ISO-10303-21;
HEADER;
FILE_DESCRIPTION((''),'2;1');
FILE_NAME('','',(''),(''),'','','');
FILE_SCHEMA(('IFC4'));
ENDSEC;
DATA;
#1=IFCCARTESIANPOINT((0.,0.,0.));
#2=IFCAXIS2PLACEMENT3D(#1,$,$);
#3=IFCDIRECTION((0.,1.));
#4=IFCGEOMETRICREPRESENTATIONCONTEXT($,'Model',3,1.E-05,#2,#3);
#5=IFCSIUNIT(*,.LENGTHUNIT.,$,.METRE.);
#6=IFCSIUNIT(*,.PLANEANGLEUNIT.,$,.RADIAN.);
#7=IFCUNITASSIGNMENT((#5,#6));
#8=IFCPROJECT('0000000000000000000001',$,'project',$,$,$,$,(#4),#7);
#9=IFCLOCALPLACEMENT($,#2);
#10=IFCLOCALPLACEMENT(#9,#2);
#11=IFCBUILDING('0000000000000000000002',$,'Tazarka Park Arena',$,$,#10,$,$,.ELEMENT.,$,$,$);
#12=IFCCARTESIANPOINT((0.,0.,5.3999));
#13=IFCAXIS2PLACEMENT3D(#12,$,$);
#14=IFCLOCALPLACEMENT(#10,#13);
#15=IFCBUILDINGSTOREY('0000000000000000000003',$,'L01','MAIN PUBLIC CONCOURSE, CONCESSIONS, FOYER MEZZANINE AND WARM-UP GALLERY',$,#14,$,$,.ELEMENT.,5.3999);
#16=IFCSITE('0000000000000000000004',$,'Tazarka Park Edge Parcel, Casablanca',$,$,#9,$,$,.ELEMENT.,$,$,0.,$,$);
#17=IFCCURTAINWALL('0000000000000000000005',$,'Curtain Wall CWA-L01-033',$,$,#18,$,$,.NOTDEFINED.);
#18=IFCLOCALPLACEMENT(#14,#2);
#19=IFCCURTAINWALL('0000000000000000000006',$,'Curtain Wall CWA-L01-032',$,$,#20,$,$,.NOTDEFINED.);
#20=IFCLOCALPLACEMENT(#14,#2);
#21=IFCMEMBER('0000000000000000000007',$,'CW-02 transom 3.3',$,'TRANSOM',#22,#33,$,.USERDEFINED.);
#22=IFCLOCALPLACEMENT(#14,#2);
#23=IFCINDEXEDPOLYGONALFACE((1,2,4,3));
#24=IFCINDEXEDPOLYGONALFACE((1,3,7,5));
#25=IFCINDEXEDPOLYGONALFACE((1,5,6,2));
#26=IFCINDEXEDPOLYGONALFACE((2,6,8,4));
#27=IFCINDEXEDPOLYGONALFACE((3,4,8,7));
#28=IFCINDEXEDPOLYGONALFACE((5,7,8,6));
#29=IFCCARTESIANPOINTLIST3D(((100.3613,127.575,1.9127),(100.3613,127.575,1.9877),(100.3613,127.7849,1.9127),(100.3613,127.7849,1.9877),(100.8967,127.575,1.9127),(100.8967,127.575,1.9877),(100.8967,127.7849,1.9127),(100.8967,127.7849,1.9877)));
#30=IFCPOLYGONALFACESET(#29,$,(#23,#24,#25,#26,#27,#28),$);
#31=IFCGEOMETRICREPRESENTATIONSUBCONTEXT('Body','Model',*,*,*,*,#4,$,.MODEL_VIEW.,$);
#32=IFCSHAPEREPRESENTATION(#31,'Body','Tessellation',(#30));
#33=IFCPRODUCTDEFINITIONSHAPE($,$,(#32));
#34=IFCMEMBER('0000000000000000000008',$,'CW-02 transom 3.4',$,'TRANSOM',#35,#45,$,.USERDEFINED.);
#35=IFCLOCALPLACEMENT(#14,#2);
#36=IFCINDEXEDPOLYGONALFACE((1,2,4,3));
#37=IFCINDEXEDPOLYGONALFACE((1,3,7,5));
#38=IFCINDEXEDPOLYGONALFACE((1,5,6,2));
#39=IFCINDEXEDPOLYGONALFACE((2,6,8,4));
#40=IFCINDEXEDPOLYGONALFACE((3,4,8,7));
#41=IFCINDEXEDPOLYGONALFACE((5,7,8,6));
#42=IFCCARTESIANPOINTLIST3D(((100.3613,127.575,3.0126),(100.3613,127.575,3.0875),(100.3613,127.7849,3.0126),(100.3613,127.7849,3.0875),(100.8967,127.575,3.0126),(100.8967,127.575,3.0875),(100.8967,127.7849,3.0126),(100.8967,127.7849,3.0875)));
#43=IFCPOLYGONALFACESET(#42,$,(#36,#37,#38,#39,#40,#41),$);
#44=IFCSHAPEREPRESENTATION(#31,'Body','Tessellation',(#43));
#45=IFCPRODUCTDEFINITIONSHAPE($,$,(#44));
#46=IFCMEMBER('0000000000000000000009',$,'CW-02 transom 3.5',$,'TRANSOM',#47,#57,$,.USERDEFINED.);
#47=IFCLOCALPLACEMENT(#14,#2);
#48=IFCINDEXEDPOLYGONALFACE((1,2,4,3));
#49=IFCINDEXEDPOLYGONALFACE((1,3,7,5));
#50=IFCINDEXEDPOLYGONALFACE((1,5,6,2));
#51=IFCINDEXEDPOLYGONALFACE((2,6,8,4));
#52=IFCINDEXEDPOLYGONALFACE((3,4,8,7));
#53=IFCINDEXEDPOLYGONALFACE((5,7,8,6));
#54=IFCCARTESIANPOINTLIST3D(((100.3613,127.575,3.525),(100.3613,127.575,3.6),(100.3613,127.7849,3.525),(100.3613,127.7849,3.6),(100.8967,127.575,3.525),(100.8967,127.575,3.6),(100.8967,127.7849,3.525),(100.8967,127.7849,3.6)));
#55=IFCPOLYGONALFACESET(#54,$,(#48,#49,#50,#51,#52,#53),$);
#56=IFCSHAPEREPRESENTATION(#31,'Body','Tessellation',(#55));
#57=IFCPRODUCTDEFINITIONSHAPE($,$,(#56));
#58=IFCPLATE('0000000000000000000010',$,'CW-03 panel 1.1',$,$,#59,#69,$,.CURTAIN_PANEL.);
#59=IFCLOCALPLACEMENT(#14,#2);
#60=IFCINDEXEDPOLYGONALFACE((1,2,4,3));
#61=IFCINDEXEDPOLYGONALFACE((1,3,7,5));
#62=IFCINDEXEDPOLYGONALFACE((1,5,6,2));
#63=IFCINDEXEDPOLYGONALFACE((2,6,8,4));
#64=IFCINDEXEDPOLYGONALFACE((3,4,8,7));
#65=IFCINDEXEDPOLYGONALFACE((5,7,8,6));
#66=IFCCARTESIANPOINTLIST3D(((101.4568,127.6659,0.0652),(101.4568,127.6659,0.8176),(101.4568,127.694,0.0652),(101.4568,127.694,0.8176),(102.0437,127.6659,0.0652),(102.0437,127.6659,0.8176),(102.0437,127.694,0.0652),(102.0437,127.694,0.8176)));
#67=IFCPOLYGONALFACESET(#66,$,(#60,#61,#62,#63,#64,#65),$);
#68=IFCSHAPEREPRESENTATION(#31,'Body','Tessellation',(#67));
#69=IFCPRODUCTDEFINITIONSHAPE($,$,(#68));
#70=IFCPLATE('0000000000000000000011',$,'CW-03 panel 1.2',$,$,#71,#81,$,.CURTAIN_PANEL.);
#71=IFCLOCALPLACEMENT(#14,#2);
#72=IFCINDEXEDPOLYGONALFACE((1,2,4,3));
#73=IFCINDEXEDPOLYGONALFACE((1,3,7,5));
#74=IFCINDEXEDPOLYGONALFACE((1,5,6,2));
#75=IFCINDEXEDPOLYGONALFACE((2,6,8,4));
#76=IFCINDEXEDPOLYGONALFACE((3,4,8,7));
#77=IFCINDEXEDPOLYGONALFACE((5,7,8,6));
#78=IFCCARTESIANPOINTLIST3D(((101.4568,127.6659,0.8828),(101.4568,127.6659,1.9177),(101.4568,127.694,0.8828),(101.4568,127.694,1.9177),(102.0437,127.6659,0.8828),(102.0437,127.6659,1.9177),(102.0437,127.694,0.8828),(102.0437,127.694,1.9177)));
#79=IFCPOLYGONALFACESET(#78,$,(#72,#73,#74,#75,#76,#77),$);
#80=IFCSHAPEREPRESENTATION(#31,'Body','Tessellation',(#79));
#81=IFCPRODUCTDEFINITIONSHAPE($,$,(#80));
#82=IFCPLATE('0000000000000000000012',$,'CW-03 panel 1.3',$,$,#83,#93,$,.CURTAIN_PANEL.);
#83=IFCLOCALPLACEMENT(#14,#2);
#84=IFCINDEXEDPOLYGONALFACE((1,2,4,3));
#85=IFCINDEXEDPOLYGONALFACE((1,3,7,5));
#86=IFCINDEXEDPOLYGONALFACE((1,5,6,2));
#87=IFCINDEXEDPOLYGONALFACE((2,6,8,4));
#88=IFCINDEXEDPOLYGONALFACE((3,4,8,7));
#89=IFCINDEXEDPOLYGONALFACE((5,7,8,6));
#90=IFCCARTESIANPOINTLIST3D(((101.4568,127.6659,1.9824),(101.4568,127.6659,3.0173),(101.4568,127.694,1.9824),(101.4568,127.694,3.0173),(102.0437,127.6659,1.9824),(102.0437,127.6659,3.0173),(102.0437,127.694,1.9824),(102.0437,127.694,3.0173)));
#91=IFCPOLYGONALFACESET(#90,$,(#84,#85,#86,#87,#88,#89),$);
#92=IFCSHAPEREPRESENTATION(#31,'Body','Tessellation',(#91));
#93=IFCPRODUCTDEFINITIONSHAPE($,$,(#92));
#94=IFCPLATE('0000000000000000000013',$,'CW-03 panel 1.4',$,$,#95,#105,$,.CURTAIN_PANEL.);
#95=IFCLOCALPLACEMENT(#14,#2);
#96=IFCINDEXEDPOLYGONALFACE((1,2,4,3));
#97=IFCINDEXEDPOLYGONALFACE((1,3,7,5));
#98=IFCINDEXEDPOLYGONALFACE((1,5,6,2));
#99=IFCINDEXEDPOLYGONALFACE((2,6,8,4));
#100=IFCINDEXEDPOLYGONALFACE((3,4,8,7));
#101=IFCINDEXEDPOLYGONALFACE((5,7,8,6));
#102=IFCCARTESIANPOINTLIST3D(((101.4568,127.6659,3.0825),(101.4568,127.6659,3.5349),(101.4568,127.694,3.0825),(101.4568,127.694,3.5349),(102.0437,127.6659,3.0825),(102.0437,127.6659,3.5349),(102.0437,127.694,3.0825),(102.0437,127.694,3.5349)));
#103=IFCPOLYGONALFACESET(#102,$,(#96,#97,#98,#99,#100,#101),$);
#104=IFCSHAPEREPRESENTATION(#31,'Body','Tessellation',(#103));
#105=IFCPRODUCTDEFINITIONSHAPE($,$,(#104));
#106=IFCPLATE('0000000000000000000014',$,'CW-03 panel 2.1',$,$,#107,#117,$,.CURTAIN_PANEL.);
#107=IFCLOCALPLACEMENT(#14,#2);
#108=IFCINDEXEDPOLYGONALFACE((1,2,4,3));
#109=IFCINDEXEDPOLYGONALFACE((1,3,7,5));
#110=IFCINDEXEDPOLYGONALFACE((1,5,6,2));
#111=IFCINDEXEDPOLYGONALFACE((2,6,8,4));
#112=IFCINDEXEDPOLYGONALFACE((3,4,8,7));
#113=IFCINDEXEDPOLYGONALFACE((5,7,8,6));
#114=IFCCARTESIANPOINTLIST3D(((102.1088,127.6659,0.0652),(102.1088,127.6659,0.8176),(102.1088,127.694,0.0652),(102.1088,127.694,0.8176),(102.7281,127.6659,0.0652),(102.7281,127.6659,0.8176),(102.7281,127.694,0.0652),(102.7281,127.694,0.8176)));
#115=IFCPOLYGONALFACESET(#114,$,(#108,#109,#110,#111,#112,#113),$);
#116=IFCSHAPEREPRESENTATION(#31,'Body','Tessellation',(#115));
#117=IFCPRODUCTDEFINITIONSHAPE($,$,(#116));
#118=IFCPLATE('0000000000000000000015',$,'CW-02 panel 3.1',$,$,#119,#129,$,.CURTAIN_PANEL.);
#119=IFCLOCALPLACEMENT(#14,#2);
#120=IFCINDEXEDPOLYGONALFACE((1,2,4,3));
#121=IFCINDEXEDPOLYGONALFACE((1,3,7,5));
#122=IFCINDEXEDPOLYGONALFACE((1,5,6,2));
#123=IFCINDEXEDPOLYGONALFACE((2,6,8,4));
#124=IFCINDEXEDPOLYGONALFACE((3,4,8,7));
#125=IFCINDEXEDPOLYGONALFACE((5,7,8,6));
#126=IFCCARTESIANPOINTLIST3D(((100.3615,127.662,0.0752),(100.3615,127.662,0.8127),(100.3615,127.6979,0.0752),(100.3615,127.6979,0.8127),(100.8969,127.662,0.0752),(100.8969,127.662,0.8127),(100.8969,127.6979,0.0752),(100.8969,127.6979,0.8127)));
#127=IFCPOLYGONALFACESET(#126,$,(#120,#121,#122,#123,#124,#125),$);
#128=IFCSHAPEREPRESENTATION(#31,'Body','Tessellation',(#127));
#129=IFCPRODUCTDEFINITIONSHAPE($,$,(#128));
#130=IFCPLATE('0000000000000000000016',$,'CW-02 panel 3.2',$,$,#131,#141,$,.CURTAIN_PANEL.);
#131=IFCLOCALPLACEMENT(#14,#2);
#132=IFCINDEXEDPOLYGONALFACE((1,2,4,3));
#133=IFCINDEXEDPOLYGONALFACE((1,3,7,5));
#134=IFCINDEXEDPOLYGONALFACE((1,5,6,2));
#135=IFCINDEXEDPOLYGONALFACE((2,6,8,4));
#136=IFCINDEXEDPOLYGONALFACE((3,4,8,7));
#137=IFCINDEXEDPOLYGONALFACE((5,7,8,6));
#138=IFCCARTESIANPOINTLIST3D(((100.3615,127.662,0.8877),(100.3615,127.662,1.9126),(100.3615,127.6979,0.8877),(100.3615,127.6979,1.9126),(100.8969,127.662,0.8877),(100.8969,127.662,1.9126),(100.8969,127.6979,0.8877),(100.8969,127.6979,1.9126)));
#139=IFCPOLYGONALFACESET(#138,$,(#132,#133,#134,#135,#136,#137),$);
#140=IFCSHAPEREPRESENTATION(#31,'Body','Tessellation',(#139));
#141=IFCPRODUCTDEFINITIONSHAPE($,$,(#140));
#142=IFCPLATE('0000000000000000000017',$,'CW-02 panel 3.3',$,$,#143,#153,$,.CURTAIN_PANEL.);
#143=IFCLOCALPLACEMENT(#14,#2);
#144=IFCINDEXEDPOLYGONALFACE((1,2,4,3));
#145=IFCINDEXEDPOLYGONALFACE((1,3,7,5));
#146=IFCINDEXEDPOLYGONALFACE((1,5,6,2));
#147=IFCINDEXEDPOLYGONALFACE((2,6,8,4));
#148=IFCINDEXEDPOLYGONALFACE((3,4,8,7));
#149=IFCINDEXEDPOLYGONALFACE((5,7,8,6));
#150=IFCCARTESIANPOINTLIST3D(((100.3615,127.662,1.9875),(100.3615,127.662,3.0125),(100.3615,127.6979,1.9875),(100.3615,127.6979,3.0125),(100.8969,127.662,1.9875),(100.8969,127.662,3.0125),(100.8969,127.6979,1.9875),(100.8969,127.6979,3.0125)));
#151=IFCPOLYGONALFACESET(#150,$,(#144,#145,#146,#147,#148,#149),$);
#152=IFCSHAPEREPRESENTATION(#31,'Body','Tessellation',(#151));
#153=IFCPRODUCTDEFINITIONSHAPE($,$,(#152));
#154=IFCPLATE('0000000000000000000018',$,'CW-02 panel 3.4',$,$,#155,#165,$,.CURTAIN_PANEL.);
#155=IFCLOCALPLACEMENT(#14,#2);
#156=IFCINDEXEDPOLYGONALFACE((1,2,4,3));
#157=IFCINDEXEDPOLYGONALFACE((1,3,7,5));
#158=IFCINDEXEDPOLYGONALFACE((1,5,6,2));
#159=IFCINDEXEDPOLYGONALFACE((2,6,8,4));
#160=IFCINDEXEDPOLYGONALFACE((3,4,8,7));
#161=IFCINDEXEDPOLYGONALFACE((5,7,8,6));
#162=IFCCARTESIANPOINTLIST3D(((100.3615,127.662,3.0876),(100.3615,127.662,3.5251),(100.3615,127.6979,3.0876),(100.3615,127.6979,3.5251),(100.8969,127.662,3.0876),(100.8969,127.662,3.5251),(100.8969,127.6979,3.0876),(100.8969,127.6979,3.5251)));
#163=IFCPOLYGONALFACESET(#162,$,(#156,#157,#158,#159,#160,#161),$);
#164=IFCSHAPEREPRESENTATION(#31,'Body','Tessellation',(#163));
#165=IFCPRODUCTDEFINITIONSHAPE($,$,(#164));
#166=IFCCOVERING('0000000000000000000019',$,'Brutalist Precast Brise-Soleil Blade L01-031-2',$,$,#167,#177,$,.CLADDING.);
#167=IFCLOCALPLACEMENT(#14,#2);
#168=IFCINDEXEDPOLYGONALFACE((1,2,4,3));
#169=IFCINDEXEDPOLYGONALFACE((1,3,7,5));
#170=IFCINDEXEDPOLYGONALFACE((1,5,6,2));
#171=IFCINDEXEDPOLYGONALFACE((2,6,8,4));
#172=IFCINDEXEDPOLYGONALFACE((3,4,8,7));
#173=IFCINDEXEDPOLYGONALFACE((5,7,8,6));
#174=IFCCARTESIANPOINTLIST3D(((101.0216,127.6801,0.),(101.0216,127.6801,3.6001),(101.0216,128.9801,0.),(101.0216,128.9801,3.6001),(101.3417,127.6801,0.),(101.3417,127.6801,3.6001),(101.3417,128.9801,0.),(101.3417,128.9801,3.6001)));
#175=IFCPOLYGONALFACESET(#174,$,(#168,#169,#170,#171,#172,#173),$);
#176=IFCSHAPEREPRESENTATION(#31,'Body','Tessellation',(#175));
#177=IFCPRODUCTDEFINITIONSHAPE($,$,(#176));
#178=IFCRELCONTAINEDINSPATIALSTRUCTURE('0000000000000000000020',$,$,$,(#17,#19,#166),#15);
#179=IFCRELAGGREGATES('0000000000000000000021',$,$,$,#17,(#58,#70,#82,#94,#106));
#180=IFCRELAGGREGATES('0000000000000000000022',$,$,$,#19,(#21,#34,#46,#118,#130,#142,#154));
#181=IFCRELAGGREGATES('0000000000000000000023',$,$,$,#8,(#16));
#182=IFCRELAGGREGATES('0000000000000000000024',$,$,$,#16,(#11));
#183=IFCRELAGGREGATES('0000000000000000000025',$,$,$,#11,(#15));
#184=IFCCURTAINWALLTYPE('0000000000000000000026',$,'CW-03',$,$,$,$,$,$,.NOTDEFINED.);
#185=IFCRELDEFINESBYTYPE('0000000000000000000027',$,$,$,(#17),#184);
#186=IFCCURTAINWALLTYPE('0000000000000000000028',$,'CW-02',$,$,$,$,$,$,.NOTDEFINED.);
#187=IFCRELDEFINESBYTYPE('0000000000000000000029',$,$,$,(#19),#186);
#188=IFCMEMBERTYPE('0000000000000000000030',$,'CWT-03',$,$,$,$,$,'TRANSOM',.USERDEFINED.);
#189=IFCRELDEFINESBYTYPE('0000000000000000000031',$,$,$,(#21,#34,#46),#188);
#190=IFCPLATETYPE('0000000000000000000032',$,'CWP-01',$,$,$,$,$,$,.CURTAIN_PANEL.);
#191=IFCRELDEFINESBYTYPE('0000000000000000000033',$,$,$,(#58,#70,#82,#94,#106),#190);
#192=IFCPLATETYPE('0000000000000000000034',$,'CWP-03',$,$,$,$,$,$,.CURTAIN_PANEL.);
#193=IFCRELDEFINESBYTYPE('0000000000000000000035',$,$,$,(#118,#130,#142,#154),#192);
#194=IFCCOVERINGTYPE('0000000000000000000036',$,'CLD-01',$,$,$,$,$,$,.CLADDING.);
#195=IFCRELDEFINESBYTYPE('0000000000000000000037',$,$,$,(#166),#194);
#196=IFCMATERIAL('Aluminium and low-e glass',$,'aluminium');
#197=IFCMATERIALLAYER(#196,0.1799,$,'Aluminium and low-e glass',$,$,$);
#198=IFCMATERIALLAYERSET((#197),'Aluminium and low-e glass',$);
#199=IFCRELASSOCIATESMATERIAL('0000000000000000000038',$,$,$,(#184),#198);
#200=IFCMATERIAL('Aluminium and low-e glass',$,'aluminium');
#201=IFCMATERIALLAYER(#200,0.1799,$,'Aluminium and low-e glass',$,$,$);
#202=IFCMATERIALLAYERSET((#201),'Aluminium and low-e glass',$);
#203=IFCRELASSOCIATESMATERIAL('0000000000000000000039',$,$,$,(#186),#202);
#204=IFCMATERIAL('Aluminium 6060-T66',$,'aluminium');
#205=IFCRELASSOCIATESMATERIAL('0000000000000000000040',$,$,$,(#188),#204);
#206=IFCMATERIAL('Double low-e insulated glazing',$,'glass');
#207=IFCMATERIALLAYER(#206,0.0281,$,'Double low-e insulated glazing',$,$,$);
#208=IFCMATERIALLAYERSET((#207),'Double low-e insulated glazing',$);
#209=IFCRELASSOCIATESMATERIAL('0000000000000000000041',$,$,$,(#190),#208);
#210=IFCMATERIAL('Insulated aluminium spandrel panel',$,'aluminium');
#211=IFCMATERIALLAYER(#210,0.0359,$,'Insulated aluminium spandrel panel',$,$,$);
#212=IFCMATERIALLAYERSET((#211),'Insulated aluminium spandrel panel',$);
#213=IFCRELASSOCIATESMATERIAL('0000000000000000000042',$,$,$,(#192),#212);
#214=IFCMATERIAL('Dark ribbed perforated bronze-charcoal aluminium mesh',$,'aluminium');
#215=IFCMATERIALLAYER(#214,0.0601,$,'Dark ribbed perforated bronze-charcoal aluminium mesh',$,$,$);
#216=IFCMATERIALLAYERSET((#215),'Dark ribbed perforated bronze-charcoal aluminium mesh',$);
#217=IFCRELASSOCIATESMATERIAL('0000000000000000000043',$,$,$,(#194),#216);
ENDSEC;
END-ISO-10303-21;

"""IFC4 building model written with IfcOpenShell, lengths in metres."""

from ifc_helpers import new_model, si_unit, direction, frame, origin, origin_2d, place, context, subcontext, project, spatial, rectangle, extrude, material, layer, layer_set, material_profile, profile_set, type_object, element, aggregate, save


model = new_model("IFC4")

# Units and contexts
model_context = context("Model", 3, precision=1e-05, world=origin(), true_north=direction((0.0, 1.0)))
body_context = subcontext(model_context, "Body", "Model", "MODEL_VIEW")
ifc_project = project(units=[si_unit("LENGTHUNIT", "METRE"), si_unit("PLANEANGLEUNIT", "RADIAN")], contexts=[model_context])

# Site, building, storey
site_placement = place(None, origin())
site = spatial("IfcSite", under=ifc_project, at=site_placement, Name="Tazarka Park Edge Parcel, Casablanca", CompositionType="ELEMENT", RefElevation=0.0)
building_placement = place(site_placement, origin())
building = spatial("IfcBuilding", under=site, at=building_placement, Name="Tazarka Park Arena", CompositionType="ELEMENT")
storey_placement = place(building_placement, frame((0.0, 0.0, 5.3999)))
storey = spatial("IfcBuildingStorey", under=building, at=storey_placement, Name="L01", Description="MAIN PUBLIC CONCOURSE, CONCESSIONS, FOYER MEZZANINE AND WARM-UP GALLERY", CompositionType="ELEMENT", Elevation=5.3999)

# Curtain wall
ifc_material_1 = material(Name="Aluminium and low-e glass", Category="aluminium")
ifc_layer_1 = layer(ifc_material_1, 0.1799, Name="Aluminium and low-e glass")
ifc_layer_set_1 = layer_set([ifc_layer_1], Name="Aluminium and low-e glass")
curtain_wall_type_1 = type_object("IfcCurtainWallType", Name="CW-03", PredefinedType="NOTDEFINED", material=ifc_layer_set_1)
curtain_wall_1_placement = place(storey_placement, origin())
curtain_wall_1 = element("IfcCurtainWall", 1, at=curtain_wall_1_placement, inside=storey, type_object=curtain_wall_type_1, Name="Curtain Wall CWA-L01-033", PredefinedType="NOTDEFINED")

# Curtain wall
ifc_material_2 = material(Name="Aluminium and low-e glass", Category="aluminium")
ifc_layer_2 = layer(ifc_material_2, 0.1799, Name="Aluminium and low-e glass")
ifc_layer_set_2 = layer_set([ifc_layer_2], Name="Aluminium and low-e glass")
curtain_wall_type_2 = type_object("IfcCurtainWallType", Name="CW-02", PredefinedType="NOTDEFINED", material=ifc_layer_set_2)
curtain_wall_2_placement = place(storey_placement, origin())
curtain_wall_2 = element("IfcCurtainWall", 2, at=curtain_wall_2_placement, inside=storey, type_object=curtain_wall_type_2, Name="Curtain Wall CWA-L01-032", PredefinedType="NOTDEFINED")

# Members
ifc_material_3 = material(Name="Aluminium 6060-T66", Category="aluminium")
ifc_material_profile_1 = material_profile(ifc_material_3, rectangle(XDim=0.21, YDim=0.075, at=origin_2d()), Name="Aluminium 6060-T66")
ifc_profile_set_1 = profile_set([ifc_material_profile_1], Name="Aluminium 6060-T66")
member_type_1 = type_object("IfcMemberType", Name="CWT-03", ElementType="TRANSOM", PredefinedType="USERDEFINED", material=ifc_profile_set_1)
member_1_placement = place(storey_placement, frame((100.3613, 127.6799, 1.9502), z_axis=(1.0, 0.0, 0.0), x_axis=(0.0, 1.0, 0.0)))
member_1 = element("IfcMember", 3, at=member_1_placement, type_object=member_type_1, Name="CW-02 transom 3.3", ObjectType="TRANSOM", PredefinedType="USERDEFINED", context=body_context, shape_type="SweptSolid", body=[
    extrude(rectangle(XDim=0.21, YDim=0.075, at=origin_2d()), origin(), (0.0, 0.0, 1.0), 0.5354),
])
member_2_placement = place(storey_placement, frame((100.3613, 127.6799, 3.05), z_axis=(1.0, 0.0, 0.0), x_axis=(0.0, 1.0, 0.0)))
member_2 = element("IfcMember", 4, at=member_2_placement, type_object=member_type_1, Name="CW-02 transom 3.4", ObjectType="TRANSOM", PredefinedType="USERDEFINED", context=body_context, shape_type="SweptSolid", body=[
    extrude(rectangle(XDim=0.21, YDim=0.075, at=origin_2d()), origin(), (0.0, 0.0, 1.0), 0.5354),
])
member_3_placement = place(storey_placement, frame((100.3613, 127.6799, 3.5625), z_axis=(1.0, 0.0, 0.0), x_axis=(0.0, 1.0, 0.0)))
member_3 = element("IfcMember", 5, at=member_3_placement, type_object=member_type_1, Name="CW-02 transom 3.5", ObjectType="TRANSOM", PredefinedType="USERDEFINED", context=body_context, shape_type="SweptSolid", body=[
    extrude(rectangle(XDim=0.21, YDim=0.075, at=origin_2d()), origin(), (0.0, 0.0, 1.0), 0.5354),
])

# Plates
ifc_material_4 = material(Name="Double low-e insulated glazing", Category="glass")
ifc_layer_3 = layer(ifc_material_4, 0.0281, Name="Double low-e insulated glazing")
ifc_layer_set_3 = layer_set([ifc_layer_3], Name="Double low-e insulated glazing")
plate_type_1 = type_object("IfcPlateType", Name="CWP-01", PredefinedType="CURTAIN_PANEL", material=ifc_layer_set_3)
plate_1_placement = place(storey_placement, frame((101.7502, 127.6799, 0.0652), z_axis=(0.0, 0.0, 1.0), x_axis=(1.0, 0.0, 0.0)))
plate_1 = element("IfcPlate", 6, at=plate_1_placement, type_object=plate_type_1, Name="CW-03 panel 1.1", PredefinedType="CURTAIN_PANEL", context=body_context, shape_type="SweptSolid", body=[
    extrude(rectangle(XDim=0.5869, YDim=0.0281, at=origin_2d()), origin(), (0.0, 0.0, 1.0), 0.7524),
])
plate_2_placement = place(storey_placement, frame((101.7502, 127.6799, 0.8828), z_axis=(0.0, 0.0, 1.0), x_axis=(1.0, 0.0, 0.0)))
plate_2 = element("IfcPlate", 7, at=plate_2_placement, type_object=plate_type_1, Name="CW-03 panel 1.2", PredefinedType="CURTAIN_PANEL", context=body_context, shape_type="SweptSolid", body=[
    extrude(rectangle(XDim=0.5869, YDim=0.0281, at=origin_2d()), origin(), (0.0, 0.0, 1.0), 1.0349),
])
plate_3_placement = place(storey_placement, frame((101.7502, 127.6799, 1.9824), z_axis=(0.0, 0.0, 1.0), x_axis=(1.0, 0.0, 0.0)))
plate_3 = element("IfcPlate", 8, at=plate_3_placement, type_object=plate_type_1, Name="CW-03 panel 1.3", PredefinedType="CURTAIN_PANEL", context=body_context, shape_type="SweptSolid", body=[
    extrude(rectangle(XDim=0.5869, YDim=0.0281, at=origin_2d()), origin(), (0.0, 0.0, 1.0), 1.0349),
])
plate_4_placement = place(storey_placement, frame((101.7502, 127.6799, 3.0825), z_axis=(0.0, 0.0, 1.0), x_axis=(1.0, 0.0, 0.0)))
plate_4 = element("IfcPlate", 9, at=plate_4_placement, type_object=plate_type_1, Name="CW-03 panel 1.4", PredefinedType="CURTAIN_PANEL", context=body_context, shape_type="SweptSolid", body=[
    extrude(rectangle(XDim=0.5869, YDim=0.0281, at=origin_2d()), origin(), (0.0, 0.0, 1.0), 0.4524),
])
plate_5_placement = place(storey_placement, frame((102.4185, 127.6799, 0.0652), z_axis=(0.0, 0.0, 1.0), x_axis=(1.0, 0.0, 0.0)))
plate_5 = element("IfcPlate", 10, at=plate_5_placement, type_object=plate_type_1, Name="CW-03 panel 2.1", PredefinedType="CURTAIN_PANEL", context=body_context, shape_type="SweptSolid", body=[
    extrude(rectangle(XDim=0.6194, YDim=0.0281, at=origin_2d()), origin(), (0.0, 0.0, 1.0), 0.7524),
])
aggregate(curtain_wall_1, [plate_1, plate_2, plate_3, plate_4, plate_5])
ifc_material_5 = material(Name="Insulated aluminium spandrel panel", Category="aluminium")
ifc_layer_4 = layer(ifc_material_5, 0.0359, Name="Insulated aluminium spandrel panel")
ifc_layer_set_4 = layer_set([ifc_layer_4], Name="Insulated aluminium spandrel panel")
plate_type_2 = type_object("IfcPlateType", Name="CWP-03", PredefinedType="CURTAIN_PANEL", material=ifc_layer_set_4)
plate_6_placement = place(storey_placement, frame((100.6292, 127.6799, 0.0752), z_axis=(0.0, 0.0, 1.0), x_axis=(1.0, 0.0, 0.0)))
plate_6 = element("IfcPlate", 11, at=plate_6_placement, type_object=plate_type_2, Name="CW-02 panel 3.1", PredefinedType="CURTAIN_PANEL", context=body_context, shape_type="SweptSolid", body=[
    extrude(rectangle(XDim=0.5354, YDim=0.0359, at=origin_2d()), origin(), (0.0, 0.0, 1.0), 0.7375),
])
plate_7_placement = place(storey_placement, frame((100.6292, 127.6799, 0.8877), z_axis=(0.0, 0.0, 1.0), x_axis=(1.0, 0.0, 0.0)))
plate_7 = element("IfcPlate", 12, at=plate_7_placement, type_object=plate_type_2, Name="CW-02 panel 3.2", PredefinedType="CURTAIN_PANEL", context=body_context, shape_type="SweptSolid", body=[
    extrude(rectangle(XDim=0.5354, YDim=0.0359, at=origin_2d()), origin(), (0.0, 0.0, 1.0), 1.0249),
])
plate_8_placement = place(storey_placement, frame((100.6292, 127.6799, 1.9875), z_axis=(0.0, 0.0, 1.0), x_axis=(1.0, 0.0, 0.0)))
plate_8 = element("IfcPlate", 13, at=plate_8_placement, type_object=plate_type_2, Name="CW-02 panel 3.3", PredefinedType="CURTAIN_PANEL", context=body_context, shape_type="SweptSolid", body=[
    extrude(rectangle(XDim=0.5354, YDim=0.0359, at=origin_2d()), origin(), (0.0, 0.0, 1.0), 1.0249),
])
plate_9_placement = place(storey_placement, frame((100.6292, 127.6799, 3.0876), z_axis=(0.0, 0.0, 1.0), x_axis=(1.0, 0.0, 0.0)))
plate_9 = element("IfcPlate", 14, at=plate_9_placement, type_object=plate_type_2, Name="CW-02 panel 3.4", PredefinedType="CURTAIN_PANEL", context=body_context, shape_type="SweptSolid", body=[
    extrude(rectangle(XDim=0.5354, YDim=0.0359, at=origin_2d()), origin(), (0.0, 0.0, 1.0), 0.4375),
])
aggregate(curtain_wall_2, [member_1, member_2, member_3, plate_6, plate_7, plate_8, plate_9])

# Covering
ifc_material_6 = material(Name="Dark ribbed perforated bronze-charcoal aluminium mesh", Category="aluminium")
ifc_layer_5 = layer(ifc_material_6, 0.0601, Name="Dark ribbed perforated bronze-charcoal aluminium mesh")
ifc_layer_set_5 = layer_set([ifc_layer_5], Name="Dark ribbed perforated bronze-charcoal aluminium mesh")
covering_type = type_object("IfcCoveringType", Name="CLD-01", PredefinedType="CLADDING", material=ifc_layer_set_5)
covering_placement = place(storey_placement, frame((101.1816, 128.3301, 0.0), z_axis=(0.0, 0.0, 1.0), x_axis=(1.0, 0.0, 0.0)))
element("IfcCovering", 15, at=covering_placement, inside=storey, type_object=covering_type, Name="Brutalist Precast Brise-Soleil Blade L01-031-2", PredefinedType="CLADDING", context=body_context, shape_type="SweptSolid", body=[
    extrude(rectangle(XDim=0.3201, YDim=1.3, at=origin_2d()), origin(), (0.0, 0.0, 1.0), 3.6001),
])

save(model, "model.ifc")
